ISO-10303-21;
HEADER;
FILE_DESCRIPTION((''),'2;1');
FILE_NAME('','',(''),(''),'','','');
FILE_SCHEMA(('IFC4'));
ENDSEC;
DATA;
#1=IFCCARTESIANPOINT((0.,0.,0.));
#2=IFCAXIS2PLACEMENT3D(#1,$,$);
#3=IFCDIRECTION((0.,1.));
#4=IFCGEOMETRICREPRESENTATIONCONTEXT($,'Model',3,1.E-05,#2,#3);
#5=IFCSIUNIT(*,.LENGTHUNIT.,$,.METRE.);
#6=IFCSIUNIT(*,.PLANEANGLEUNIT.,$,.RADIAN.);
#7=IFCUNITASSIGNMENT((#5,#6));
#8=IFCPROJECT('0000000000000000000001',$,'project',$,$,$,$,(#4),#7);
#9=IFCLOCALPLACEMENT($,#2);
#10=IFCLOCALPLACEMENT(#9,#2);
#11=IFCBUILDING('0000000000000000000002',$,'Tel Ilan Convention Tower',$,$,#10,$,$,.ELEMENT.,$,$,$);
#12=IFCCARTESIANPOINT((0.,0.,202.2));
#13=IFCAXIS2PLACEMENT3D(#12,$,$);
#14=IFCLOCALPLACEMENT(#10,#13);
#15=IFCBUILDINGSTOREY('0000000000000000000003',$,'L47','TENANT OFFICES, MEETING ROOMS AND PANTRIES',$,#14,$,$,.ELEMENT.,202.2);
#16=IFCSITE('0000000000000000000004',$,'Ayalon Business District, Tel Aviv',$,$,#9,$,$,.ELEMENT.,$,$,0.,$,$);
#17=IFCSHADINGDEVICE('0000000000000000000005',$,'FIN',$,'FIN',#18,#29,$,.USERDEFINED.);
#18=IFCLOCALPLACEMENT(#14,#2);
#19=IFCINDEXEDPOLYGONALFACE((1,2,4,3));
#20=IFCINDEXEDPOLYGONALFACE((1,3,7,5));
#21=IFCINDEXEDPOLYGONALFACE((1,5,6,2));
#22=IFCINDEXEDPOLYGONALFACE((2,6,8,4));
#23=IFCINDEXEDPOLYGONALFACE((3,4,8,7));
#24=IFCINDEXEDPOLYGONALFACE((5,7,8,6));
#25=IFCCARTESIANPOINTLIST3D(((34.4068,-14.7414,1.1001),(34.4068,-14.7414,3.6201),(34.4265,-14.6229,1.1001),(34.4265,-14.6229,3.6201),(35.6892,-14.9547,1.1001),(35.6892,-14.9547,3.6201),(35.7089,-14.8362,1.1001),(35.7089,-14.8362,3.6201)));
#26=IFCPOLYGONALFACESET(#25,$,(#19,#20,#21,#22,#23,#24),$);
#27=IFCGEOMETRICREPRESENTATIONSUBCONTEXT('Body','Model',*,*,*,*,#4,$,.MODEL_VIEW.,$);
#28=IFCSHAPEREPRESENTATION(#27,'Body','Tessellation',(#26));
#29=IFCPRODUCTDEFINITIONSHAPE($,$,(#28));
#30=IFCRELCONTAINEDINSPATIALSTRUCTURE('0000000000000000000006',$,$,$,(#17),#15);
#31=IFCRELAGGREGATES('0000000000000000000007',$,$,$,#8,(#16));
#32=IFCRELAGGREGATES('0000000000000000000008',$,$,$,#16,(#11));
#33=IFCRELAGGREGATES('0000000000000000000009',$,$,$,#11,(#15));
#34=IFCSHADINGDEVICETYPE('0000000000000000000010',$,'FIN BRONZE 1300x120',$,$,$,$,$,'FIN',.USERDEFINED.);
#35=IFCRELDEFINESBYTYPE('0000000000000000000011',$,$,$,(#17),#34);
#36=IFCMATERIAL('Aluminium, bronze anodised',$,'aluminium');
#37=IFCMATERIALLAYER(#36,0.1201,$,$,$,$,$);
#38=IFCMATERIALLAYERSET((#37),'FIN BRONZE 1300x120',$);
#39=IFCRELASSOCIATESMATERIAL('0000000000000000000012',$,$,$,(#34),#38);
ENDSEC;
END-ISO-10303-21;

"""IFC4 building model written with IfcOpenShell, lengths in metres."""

from ifc_helpers import new_model, si_unit, direction, frame, origin, origin_2d, place, context, subcontext, project, spatial, rectangle, extrude, material, layer, layer_set, type_object, element, save


model = new_model("IFC4")

# Units and contexts
model_context = context("Model", 3, precision=1e-05, world=origin(), true_north=direction((0.0, 1.0)))
body_context = subcontext(model_context, "Body", "Model", "MODEL_VIEW")
ifc_project = project(units=[si_unit("LENGTHUNIT", "METRE"), si_unit("PLANEANGLEUNIT", "RADIAN")], contexts=[model_context])

# Site, building, storey
site_placement = place(None, origin())
site = spatial("IfcSite", under=ifc_project, at=site_placement, Name="Ayalon Business District, Tel Aviv", CompositionType="ELEMENT", RefElevation=0.0)
building_placement = place(site_placement, origin())
building = spatial("IfcBuilding", under=site, at=building_placement, Name="Tel Ilan Convention Tower", CompositionType="ELEMENT")
storey_placement = place(building_placement, frame((0.0, 0.0, 202.2)))
storey = spatial("IfcBuildingStorey", under=building, at=storey_placement, Name="L47", Description="TENANT OFFICES, MEETING ROOMS AND PANTRIES", CompositionType="ELEMENT", Elevation=202.2)

# Shading device
ifc_material_1 = material(Name="Aluminium, bronze anodised", Category="aluminium")
ifc_layer_1 = layer(ifc_material_1, 0.1201)
ifc_layer_set_1 = layer_set([ifc_layer_1], Name="FIN BRONZE 1300x120")
shading_device_type = type_object("IfcShadingDeviceType", Name="FIN BRONZE 1300x120", ElementType="FIN", PredefinedType="USERDEFINED", material=ifc_layer_set_1)
for number, where, z_axis, x_axis, name in (
    (1, (35.0579, -14.7888, 1.1001), (0.0, 0.0, 1.0), (0.986445, -0.164091, 0.0), "FIN"),
):
    element("IfcShadingDevice", number, at=place(storey_placement, frame(where, z_axis=z_axis, x_axis=x_axis)), inside=storey, type_object=shading_device_type, Name=name, ObjectType="FIN", PredefinedType="USERDEFINED", context=body_context, shape_type="SweptSolid", body=[
        extrude(rectangle(XDim=1.3, YDim=0.1201, at=origin_2d()), origin(), (0.0, 0.0, 1.0), 2.52),
    ])

save(model, "model.ifc")
